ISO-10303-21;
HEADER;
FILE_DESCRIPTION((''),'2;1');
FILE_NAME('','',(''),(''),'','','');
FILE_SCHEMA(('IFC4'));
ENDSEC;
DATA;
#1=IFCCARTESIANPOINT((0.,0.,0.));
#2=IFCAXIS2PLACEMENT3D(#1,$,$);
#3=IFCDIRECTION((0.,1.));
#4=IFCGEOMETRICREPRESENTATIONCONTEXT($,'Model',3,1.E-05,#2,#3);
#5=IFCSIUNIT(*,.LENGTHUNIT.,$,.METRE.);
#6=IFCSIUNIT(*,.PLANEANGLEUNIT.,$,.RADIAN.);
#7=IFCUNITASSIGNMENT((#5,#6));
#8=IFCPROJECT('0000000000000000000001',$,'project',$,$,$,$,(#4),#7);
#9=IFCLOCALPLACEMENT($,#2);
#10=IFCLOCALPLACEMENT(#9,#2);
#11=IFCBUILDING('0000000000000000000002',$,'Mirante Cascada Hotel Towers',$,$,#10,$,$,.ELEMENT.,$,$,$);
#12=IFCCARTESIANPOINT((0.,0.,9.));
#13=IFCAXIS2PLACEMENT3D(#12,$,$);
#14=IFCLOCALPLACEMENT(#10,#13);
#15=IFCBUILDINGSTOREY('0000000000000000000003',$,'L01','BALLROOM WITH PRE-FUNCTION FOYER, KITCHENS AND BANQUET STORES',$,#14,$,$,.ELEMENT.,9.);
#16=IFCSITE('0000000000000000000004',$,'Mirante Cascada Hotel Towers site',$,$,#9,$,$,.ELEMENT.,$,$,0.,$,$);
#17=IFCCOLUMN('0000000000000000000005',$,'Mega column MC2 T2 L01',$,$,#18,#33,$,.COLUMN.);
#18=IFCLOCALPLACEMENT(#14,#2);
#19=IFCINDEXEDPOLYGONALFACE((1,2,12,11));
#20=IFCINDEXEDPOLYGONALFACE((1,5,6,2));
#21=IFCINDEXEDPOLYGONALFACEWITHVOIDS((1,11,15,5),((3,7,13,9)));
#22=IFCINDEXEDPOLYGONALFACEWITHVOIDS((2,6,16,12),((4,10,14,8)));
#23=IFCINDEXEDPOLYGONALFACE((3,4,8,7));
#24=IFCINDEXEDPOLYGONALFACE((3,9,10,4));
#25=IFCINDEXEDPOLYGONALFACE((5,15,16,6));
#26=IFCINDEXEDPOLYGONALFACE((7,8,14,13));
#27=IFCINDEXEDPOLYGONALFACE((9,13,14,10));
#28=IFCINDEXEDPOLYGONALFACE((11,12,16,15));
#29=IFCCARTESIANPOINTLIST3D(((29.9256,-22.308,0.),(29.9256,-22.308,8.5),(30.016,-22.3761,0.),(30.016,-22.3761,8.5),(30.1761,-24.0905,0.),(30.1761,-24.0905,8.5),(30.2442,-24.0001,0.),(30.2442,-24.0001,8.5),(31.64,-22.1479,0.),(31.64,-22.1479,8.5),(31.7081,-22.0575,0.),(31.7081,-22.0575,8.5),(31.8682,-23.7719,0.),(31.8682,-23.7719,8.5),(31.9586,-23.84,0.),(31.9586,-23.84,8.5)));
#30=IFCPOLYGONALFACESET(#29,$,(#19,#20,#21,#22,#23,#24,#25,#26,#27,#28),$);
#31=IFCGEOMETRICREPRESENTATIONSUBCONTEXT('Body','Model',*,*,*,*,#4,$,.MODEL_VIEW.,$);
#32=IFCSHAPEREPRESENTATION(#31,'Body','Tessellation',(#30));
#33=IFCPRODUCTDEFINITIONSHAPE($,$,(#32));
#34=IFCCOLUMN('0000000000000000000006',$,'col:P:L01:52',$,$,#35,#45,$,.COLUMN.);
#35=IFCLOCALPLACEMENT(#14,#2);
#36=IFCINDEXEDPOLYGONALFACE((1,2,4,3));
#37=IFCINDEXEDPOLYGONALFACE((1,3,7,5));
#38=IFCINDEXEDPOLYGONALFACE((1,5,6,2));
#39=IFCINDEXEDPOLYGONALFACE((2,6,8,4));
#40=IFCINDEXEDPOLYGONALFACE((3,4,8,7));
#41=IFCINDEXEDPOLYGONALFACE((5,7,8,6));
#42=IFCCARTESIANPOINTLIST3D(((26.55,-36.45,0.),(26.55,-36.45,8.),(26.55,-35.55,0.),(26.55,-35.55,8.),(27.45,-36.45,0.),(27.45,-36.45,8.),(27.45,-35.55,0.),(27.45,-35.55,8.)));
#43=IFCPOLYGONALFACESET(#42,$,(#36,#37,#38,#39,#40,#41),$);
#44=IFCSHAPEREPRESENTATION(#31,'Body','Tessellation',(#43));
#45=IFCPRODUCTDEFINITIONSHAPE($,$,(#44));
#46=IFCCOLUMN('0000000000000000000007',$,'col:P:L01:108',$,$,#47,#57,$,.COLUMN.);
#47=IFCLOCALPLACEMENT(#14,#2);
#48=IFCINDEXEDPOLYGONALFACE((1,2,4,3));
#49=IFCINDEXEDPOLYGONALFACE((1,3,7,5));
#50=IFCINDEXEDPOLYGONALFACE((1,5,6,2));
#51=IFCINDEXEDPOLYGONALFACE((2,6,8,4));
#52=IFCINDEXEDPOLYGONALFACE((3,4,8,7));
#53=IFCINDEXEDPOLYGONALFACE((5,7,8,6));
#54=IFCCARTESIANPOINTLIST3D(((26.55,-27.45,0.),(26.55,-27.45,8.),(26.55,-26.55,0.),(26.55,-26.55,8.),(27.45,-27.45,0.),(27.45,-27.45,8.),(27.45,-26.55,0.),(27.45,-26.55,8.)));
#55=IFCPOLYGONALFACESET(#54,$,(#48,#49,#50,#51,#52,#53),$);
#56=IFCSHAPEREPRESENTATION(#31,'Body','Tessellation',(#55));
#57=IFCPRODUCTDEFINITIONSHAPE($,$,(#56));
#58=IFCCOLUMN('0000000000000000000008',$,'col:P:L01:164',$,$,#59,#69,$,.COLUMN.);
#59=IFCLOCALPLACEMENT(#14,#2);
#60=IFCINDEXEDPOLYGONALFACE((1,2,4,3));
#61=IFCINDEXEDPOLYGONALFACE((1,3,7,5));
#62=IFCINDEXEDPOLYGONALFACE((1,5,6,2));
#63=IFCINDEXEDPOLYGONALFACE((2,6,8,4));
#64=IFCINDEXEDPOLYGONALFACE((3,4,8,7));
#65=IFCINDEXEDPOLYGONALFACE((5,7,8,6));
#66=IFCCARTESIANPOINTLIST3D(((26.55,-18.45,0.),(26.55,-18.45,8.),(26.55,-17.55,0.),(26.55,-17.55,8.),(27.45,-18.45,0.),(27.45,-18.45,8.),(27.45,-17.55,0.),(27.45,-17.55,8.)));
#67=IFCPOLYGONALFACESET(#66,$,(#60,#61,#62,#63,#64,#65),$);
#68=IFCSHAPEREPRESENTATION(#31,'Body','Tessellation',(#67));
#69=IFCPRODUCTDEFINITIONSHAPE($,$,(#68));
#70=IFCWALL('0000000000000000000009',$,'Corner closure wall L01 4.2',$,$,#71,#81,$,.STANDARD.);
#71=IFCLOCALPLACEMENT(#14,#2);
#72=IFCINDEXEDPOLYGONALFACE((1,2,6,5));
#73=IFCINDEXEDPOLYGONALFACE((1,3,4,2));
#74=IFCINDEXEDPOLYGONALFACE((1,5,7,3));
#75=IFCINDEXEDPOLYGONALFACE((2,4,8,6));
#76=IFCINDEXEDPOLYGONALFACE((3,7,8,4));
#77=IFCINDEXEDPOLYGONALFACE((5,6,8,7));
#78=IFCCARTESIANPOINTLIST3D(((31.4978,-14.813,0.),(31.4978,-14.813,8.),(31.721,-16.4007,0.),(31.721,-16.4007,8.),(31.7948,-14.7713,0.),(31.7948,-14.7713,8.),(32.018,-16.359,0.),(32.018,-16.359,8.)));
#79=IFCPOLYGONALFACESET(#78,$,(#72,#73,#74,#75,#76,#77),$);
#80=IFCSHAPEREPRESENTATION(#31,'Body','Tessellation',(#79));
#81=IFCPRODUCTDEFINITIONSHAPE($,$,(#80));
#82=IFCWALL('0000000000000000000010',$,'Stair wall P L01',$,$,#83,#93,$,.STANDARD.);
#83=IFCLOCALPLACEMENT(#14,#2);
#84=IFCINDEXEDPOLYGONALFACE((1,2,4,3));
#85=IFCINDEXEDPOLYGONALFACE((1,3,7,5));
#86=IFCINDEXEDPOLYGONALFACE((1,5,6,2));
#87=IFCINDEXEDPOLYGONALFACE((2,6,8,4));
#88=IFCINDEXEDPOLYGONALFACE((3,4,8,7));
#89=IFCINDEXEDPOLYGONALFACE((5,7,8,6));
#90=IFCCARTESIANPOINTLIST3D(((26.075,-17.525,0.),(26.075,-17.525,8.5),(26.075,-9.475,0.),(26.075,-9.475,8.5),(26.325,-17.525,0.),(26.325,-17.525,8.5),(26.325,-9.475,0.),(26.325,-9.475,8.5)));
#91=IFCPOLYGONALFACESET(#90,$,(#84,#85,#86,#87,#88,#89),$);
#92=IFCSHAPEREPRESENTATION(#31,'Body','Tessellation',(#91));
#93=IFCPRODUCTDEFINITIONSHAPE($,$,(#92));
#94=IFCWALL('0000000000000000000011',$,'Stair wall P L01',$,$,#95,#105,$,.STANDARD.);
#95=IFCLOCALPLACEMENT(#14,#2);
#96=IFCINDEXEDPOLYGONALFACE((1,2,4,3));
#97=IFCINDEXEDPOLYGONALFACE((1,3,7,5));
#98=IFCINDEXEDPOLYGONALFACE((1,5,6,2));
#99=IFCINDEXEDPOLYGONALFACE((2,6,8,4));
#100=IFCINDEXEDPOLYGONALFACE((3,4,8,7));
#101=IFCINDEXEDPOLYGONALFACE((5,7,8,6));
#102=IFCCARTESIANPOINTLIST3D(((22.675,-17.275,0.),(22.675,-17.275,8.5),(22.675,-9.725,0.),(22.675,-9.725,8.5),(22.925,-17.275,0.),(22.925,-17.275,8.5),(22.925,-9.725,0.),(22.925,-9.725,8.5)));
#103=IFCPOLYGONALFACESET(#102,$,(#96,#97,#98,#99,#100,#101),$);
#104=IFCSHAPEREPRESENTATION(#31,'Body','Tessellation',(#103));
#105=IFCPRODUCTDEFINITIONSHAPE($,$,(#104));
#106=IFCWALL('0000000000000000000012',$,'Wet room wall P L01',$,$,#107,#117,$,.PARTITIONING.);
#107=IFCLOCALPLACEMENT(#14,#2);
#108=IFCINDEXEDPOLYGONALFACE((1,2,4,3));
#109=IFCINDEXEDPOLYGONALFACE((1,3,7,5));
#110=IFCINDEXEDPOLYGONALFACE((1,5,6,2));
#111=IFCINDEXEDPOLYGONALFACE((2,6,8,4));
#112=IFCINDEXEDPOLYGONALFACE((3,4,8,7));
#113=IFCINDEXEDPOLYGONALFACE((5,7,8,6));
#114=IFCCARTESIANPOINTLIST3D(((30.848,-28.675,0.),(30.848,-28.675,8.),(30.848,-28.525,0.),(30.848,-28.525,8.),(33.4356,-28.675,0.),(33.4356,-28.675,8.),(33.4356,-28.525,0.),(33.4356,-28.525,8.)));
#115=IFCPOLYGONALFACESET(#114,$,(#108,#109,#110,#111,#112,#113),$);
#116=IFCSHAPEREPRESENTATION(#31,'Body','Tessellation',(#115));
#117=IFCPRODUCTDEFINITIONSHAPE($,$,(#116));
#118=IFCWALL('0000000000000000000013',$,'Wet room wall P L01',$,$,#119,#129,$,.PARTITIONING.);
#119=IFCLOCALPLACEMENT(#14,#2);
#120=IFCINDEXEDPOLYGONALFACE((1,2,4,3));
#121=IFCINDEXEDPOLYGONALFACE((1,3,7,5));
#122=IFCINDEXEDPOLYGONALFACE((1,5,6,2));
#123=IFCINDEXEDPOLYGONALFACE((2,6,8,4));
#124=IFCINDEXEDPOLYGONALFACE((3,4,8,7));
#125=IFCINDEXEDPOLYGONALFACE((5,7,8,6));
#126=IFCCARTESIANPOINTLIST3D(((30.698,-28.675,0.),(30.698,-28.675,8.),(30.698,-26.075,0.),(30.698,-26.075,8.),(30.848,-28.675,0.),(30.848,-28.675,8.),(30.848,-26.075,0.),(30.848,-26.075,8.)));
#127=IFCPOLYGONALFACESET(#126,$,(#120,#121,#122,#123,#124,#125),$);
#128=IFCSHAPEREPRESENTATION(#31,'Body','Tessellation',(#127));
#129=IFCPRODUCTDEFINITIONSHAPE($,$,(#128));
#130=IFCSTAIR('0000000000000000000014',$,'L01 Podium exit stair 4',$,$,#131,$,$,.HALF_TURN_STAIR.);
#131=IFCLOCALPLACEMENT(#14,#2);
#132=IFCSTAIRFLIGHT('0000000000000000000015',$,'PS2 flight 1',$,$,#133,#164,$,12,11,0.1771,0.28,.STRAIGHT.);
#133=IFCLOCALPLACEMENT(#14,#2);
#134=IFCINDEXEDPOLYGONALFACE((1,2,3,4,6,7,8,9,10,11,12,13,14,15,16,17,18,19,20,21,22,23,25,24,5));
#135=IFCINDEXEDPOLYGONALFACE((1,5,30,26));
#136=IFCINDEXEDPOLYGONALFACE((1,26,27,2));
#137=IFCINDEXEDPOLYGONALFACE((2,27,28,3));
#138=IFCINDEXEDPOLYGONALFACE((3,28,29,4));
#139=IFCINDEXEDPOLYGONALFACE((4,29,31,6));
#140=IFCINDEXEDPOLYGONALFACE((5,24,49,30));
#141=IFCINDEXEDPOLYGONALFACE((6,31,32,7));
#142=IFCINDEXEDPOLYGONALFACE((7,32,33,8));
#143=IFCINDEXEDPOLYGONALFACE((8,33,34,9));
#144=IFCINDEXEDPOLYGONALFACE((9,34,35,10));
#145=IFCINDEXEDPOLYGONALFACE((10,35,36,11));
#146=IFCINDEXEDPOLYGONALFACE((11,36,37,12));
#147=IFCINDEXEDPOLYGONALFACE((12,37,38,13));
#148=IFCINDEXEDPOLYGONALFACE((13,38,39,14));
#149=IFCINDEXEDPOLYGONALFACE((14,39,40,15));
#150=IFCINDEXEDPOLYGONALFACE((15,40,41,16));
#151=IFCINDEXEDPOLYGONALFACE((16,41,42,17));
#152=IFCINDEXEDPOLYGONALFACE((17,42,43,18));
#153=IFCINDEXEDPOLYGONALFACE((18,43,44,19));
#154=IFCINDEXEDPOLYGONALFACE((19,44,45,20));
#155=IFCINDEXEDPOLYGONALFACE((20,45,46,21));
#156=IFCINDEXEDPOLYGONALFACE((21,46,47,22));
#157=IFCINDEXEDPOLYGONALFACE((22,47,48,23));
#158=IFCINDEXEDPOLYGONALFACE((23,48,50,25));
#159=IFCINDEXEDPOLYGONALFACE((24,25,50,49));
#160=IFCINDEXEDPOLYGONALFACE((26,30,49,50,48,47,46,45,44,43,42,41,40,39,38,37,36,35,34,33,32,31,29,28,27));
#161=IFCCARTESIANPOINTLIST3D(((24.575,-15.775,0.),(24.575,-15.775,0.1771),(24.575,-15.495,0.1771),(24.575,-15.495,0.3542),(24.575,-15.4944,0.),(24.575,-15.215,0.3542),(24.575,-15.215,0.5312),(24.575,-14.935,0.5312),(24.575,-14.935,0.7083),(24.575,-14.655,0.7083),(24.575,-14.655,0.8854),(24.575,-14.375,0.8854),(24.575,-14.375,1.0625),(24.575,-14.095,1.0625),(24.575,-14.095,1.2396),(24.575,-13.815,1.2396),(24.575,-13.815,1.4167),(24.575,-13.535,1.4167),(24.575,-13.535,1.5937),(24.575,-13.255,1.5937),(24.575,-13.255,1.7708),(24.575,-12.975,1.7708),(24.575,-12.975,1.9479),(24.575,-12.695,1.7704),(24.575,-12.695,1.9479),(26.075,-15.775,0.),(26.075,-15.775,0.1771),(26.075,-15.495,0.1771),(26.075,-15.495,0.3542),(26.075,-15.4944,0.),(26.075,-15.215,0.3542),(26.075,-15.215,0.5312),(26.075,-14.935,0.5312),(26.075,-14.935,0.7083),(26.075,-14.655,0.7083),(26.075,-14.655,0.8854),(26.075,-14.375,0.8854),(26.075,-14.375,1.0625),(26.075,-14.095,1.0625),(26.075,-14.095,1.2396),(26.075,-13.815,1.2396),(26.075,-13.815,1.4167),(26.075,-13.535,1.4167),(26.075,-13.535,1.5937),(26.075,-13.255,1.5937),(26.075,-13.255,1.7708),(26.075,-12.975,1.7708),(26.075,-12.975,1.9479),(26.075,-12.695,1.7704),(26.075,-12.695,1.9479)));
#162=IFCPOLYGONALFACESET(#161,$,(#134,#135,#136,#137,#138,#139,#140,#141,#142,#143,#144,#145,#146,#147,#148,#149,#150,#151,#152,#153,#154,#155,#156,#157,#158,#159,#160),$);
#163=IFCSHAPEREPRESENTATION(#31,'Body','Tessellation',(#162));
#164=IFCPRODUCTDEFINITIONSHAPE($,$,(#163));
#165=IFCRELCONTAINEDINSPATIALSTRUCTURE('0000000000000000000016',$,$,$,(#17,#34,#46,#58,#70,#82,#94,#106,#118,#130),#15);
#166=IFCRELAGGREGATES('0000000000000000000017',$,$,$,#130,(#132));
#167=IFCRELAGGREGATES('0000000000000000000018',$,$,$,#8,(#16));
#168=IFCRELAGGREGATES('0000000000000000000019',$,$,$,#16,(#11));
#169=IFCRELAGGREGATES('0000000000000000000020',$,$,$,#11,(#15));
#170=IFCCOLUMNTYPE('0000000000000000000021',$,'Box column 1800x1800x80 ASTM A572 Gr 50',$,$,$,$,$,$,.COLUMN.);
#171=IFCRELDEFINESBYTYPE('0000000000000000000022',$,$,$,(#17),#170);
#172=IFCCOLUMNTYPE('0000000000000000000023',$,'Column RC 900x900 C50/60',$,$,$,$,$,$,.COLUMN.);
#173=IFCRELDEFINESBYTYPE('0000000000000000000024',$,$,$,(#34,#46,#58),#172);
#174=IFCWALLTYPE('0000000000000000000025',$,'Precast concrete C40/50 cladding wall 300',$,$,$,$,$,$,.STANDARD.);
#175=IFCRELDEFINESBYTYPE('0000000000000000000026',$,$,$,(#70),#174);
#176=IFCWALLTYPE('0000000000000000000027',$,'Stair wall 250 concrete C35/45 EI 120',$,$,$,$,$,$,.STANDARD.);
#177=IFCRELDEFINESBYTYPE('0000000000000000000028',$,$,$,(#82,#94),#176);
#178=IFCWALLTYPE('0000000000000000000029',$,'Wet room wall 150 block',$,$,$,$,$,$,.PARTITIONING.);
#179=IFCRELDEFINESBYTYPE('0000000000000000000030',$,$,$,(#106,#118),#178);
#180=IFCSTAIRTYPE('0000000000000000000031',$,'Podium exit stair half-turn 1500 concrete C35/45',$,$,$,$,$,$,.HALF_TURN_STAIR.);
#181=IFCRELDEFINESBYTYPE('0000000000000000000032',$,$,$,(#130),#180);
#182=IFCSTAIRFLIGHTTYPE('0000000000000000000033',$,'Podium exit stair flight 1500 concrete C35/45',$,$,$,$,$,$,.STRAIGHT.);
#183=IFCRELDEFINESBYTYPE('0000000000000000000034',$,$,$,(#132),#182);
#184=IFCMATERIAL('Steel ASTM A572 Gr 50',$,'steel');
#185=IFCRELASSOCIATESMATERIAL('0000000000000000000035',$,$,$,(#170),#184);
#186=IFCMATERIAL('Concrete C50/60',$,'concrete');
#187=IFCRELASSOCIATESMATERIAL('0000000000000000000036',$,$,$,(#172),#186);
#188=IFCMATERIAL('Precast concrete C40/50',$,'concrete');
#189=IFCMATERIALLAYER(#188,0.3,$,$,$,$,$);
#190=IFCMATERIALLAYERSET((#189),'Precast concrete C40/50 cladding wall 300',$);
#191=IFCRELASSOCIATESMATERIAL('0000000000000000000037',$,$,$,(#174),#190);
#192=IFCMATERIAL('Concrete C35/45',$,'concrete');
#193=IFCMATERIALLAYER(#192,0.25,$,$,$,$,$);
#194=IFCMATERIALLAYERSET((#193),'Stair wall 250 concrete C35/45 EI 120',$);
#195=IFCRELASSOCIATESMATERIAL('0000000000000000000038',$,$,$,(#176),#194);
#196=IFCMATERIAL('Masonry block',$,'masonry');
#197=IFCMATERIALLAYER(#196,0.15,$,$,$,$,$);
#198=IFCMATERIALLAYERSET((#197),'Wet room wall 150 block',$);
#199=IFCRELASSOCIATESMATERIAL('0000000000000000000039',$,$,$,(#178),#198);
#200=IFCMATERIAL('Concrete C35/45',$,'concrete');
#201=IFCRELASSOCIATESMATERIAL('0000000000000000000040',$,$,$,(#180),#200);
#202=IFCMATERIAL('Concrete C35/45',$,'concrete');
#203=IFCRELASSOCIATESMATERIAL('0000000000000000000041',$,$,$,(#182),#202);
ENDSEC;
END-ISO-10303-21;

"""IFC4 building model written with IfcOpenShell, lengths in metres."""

from ifc_helpers import new_model, si_unit, direction, frame, frame_2d, origin, origin_2d, place, context, subcontext, project, spatial, polyline, rectangle, hollow_rectangle, outline, extrude, material, layer, layer_set, material_profile, profile_set, type_object, element, aggregate, save


model = new_model("IFC4")

# Units and contexts
model_context = context("Model", 3, precision=1e-05, world=origin(), true_north=direction((0.0, 1.0)))
body_context = subcontext(model_context, "Body", "Model", "MODEL_VIEW")
ifc_project = project(units=[si_unit("LENGTHUNIT", "METRE"), si_unit("PLANEANGLEUNIT", "RADIAN")], contexts=[model_context])

# Site, building, storey
site_placement = place(None, origin())
site = spatial("IfcSite", under=ifc_project, at=site_placement, Name="Mirante Cascada Hotel Towers site", CompositionType="ELEMENT", RefElevation=0.0)
building_placement = place(site_placement, origin())
building = spatial("IfcBuilding", under=site, at=building_placement, Name="Mirante Cascada Hotel Towers", CompositionType="ELEMENT")
storey_placement = place(building_placement, frame((0.0, 0.0, 9.0)))
storey = spatial("IfcBuildingStorey", under=building, at=storey_placement, Name="L01", Description="BALLROOM WITH PRE-FUNCTION FOYER, KITCHENS AND BANQUET STORES", CompositionType="ELEMENT", Elevation=9.0)

# Columns
ifc_material_1 = material(Name="Steel ASTM A572 Gr 50", Category="steel")
ifc_material_profile_1 = material_profile(ifc_material_1, hollow_rectangle(XDim=1.8, YDim=1.8, WallThickness=0.08, at=origin_2d()), Name="Box column 1800x1800x80 ASTM A572 Gr 50")
ifc_profile_set_1 = profile_set([ifc_material_profile_1], Name="Steel ASTM A572 Gr 50")
column_type_1 = type_object("IfcColumnType", Name="Box column 1800x1800x80 ASTM A572 Gr 50", PredefinedType="COLUMN", material=ifc_profile_set_1)
column_placement = place(storey_placement, frame((30.9421, -23.074, 0.0), z_axis=(0.0, 0.0, 1.0), x_axis=(0.990268, 0.139173, 0.0)))
element("IfcColumn", 1, at=column_placement, inside=storey, type_object=column_type_1, Name="Mega column MC2 T2 L01", PredefinedType="COLUMN", context=body_context, shape_type="SweptSolid", body=[
    extrude(hollow_rectangle(XDim=1.8, YDim=1.8, WallThickness=0.08, at=origin_2d()), origin(), (0.0, 0.0, 1.0), 8.5),
])
ifc_material_2 = material(Name="Concrete C50/60", Category="concrete")
ifc_material_profile_2 = material_profile(ifc_material_2, rectangle(XDim=0.9, YDim=0.9, at=origin_2d()), Name="RC 900x900")
ifc_profile_set_2 = profile_set([ifc_material_profile_2], Name="Concrete C50/60")
column_type_2 = type_object("IfcColumnType", Name="Column RC 900x900 C50/60", PredefinedType="COLUMN", material=ifc_profile_set_2)
for number, where, z_axis, x_axis, name in (
    (2, (27.0, -36.0, 0.0), (0.0, 0.0, 1.0), (1.0, 0.0, 0.0), "col:P:L01:52"),
    (3, (27.0, -27.0, 0.0), (0.0, 0.0, 1.0), (1.0, 0.0, 0.0), "col:P:L01:108"),
    (4, (27.0, -18.0, 0.0), (0.0, 0.0, 1.0), (1.0, 0.0, 0.0), "col:P:L01:164"),
):
    element("IfcColumn", number, at=place(storey_placement, frame(where, z_axis=z_axis, x_axis=x_axis)), inside=storey, type_object=column_type_2, Name=name, PredefinedType="COLUMN", context=body_context, shape_type="SweptSolid", body=[
        extrude(rectangle(XDim=0.9, YDim=0.9, at=origin_2d()), origin(), (0.0, 0.0, 1.0), 8.0),
    ])

# Walls
ifc_material_3 = material(Name="Precast concrete C40/50", Category="concrete")
ifc_layer_1 = layer(ifc_material_3, 0.3)
ifc_layer_set_1 = layer_set([ifc_layer_1], Name="Precast concrete C40/50 cladding wall 300")
wall_type_1 = type_object("IfcWallType", Name="Precast concrete C40/50 cladding wall 300", PredefinedType="STANDARD", material=ifc_layer_set_1)
wall_1_placement = place(storey_placement, frame((31.8695, -16.3798, 0.0), z_axis=(0.0, 0.0, 1.0), x_axis=(-0.139212, 0.990263, 0.0)))
element("IfcWall", 5, at=wall_1_placement, inside=storey, type_object=wall_type_1, Name="Corner closure wall L01 4.2", PredefinedType="STANDARD", context=body_context, shape_type="SweptSolid", body=[
    extrude(rectangle(XDim=1.6033, YDim=0.3, at=frame_2d((0.8016, 0.0))), origin(), (0.0, 0.0, 1.0), 8.0),
])
ifc_material_4 = material(Name="Concrete C35/45", Category="concrete")
ifc_layer_2 = layer(ifc_material_4, 0.25)
ifc_layer_set_2 = layer_set([ifc_layer_2], Name="Stair wall 250 concrete C35/45 EI 120")
wall_type_2 = type_object("IfcWallType", Name="Stair wall 250 concrete C35/45 EI 120", PredefinedType="STANDARD", material=ifc_layer_set_2)
wall_2_placement = place(storey_placement, frame((26.2, -17.525, 0.0), z_axis=(0.0, 0.0, 1.0), x_axis=(0.0, 1.0, 0.0)))
element("IfcWall", 6, at=wall_2_placement, inside=storey, type_object=wall_type_2, Name="Stair wall P L01", PredefinedType="STANDARD", context=body_context, shape_type="SweptSolid", body=[
    extrude(rectangle(XDim=8.05, YDim=0.25, at=frame_2d((4.025, 0.0))), origin(), (0.0, 0.0, 1.0), 8.5),
])
wall_3_placement = place(storey_placement, frame((22.8, -17.275, 0.0), z_axis=(0.0, 0.0, 1.0), x_axis=(0.0, 1.0, 0.0)))
element("IfcWall", 7, at=wall_3_placement, inside=storey, type_object=wall_type_2, Name="Stair wall P L01", PredefinedType="STANDARD", context=body_context, shape_type="SweptSolid", body=[
    extrude(rectangle(XDim=7.55, YDim=0.25, at=frame_2d((3.775, 0.0))), origin(), (0.0, 0.0, 1.0), 8.5),
])
ifc_material_5 = material(Name="Masonry block", Category="masonry")
ifc_layer_3 = layer(ifc_material_5, 0.15)
ifc_layer_set_3 = layer_set([ifc_layer_3], Name="Wet room wall 150 block")
wall_type_3 = type_object("IfcWallType", Name="Wet room wall 150 block", PredefinedType="PARTITIONING", material=ifc_layer_set_3)
wall_4_placement = place(storey_placement, frame((30.848, -28.6, 0.0), z_axis=(0.0, 0.0, 1.0), x_axis=(1.0, 0.0, 0.0)))
element("IfcWall", 8, at=wall_4_placement, inside=storey, type_object=wall_type_3, Name="Wet room wall P L01", PredefinedType="PARTITIONING", context=body_context, shape_type="SweptSolid", body=[
    extrude(rectangle(XDim=2.5875, YDim=0.15, at=frame_2d((1.2938, 0.0))), origin(), (0.0, 0.0, 1.0), 8.0),
])
wall_5_placement = place(storey_placement, frame((30.773, -28.675, 0.0), z_axis=(0.0, 0.0, 1.0), x_axis=(0.0, 1.0, 0.0)))
element("IfcWall", 9, at=wall_5_placement, inside=storey, type_object=wall_type_3, Name="Wet room wall P L01", PredefinedType="PARTITIONING", context=body_context, shape_type="SweptSolid", body=[
    extrude(rectangle(XDim=2.6, YDim=0.15, at=frame_2d((1.3, 0.0))), origin(), (0.0, 0.0, 1.0), 8.0),
])

# Stair, stair flight
ifc_material_6 = material(Name="Concrete C35/45", Category="concrete")
stair_type = type_object("IfcStairType", Name="Podium exit stair half-turn 1500 concrete C35/45", PredefinedType="HALF_TURN_STAIR", material=ifc_material_6)
stair_1_placement = place(storey_placement, origin())
stair_1 = element("IfcStair", 10, at=stair_1_placement, inside=storey, type_object=stair_type, Name="L01 Podium exit stair 4", PredefinedType="HALF_TURN_STAIR")
ifc_material_7 = material(Name="Concrete C35/45", Category="concrete")
stair_flight_type = type_object("IfcStairFlightType", Name="Podium exit stair flight 1500 concrete C35/45", PredefinedType="STRAIGHT", material=ifc_material_7)
stair_flight_1_placement = place(storey_placement, frame((25.325, -15.775, 0.0), z_axis=(0.0, 0.0, 1.0), x_axis=(0.0, 1.0, 0.0)))
stair_flight_1 = element("IfcStairFlight", 11, at=stair_flight_1_placement, type_object=stair_flight_type, Name="PS2 flight 1", NumberOfRisers=12, NumberOfTreads=11, PredefinedType="STRAIGHT", RiserHeight=0.1771, TreadLength=0.28, context=body_context, shape_type="SweptSolid", body=[
    extrude(outline(polyline([(0.0, 0.0), (0.0, 0.1771), (0.28, 0.1771), (0.28, 0.3542), (0.56, 0.3542), (0.56, 0.5312), (0.84, 0.5312), (0.84, 0.7083), (1.12, 0.7083), (1.12, 0.8854), (1.4, 0.8854), (1.4, 1.0625), (1.68, 1.0625), (1.68, 1.2396), (1.96, 1.2396), (1.96, 1.4167), (2.24, 1.4167), (2.24, 1.5937), (2.52, 1.5937), (2.52, 1.7708), (2.8, 1.7708), (2.8, 1.9479), (3.08, 1.9479), (3.08, 2.125), (3.08, 1.7704), (0.2806, 0.0), (0.0, 0.0)])), frame((0.0, 0.75, 0.0), z_axis=(0.0, -1.0, 0.0), x_axis=(1.0, 0.0, 0.0)), (0.0, 0.0, 1.0), 1.5),
])
aggregate(stair_1, [stair_flight_1])

save(model, "model.ifc")
